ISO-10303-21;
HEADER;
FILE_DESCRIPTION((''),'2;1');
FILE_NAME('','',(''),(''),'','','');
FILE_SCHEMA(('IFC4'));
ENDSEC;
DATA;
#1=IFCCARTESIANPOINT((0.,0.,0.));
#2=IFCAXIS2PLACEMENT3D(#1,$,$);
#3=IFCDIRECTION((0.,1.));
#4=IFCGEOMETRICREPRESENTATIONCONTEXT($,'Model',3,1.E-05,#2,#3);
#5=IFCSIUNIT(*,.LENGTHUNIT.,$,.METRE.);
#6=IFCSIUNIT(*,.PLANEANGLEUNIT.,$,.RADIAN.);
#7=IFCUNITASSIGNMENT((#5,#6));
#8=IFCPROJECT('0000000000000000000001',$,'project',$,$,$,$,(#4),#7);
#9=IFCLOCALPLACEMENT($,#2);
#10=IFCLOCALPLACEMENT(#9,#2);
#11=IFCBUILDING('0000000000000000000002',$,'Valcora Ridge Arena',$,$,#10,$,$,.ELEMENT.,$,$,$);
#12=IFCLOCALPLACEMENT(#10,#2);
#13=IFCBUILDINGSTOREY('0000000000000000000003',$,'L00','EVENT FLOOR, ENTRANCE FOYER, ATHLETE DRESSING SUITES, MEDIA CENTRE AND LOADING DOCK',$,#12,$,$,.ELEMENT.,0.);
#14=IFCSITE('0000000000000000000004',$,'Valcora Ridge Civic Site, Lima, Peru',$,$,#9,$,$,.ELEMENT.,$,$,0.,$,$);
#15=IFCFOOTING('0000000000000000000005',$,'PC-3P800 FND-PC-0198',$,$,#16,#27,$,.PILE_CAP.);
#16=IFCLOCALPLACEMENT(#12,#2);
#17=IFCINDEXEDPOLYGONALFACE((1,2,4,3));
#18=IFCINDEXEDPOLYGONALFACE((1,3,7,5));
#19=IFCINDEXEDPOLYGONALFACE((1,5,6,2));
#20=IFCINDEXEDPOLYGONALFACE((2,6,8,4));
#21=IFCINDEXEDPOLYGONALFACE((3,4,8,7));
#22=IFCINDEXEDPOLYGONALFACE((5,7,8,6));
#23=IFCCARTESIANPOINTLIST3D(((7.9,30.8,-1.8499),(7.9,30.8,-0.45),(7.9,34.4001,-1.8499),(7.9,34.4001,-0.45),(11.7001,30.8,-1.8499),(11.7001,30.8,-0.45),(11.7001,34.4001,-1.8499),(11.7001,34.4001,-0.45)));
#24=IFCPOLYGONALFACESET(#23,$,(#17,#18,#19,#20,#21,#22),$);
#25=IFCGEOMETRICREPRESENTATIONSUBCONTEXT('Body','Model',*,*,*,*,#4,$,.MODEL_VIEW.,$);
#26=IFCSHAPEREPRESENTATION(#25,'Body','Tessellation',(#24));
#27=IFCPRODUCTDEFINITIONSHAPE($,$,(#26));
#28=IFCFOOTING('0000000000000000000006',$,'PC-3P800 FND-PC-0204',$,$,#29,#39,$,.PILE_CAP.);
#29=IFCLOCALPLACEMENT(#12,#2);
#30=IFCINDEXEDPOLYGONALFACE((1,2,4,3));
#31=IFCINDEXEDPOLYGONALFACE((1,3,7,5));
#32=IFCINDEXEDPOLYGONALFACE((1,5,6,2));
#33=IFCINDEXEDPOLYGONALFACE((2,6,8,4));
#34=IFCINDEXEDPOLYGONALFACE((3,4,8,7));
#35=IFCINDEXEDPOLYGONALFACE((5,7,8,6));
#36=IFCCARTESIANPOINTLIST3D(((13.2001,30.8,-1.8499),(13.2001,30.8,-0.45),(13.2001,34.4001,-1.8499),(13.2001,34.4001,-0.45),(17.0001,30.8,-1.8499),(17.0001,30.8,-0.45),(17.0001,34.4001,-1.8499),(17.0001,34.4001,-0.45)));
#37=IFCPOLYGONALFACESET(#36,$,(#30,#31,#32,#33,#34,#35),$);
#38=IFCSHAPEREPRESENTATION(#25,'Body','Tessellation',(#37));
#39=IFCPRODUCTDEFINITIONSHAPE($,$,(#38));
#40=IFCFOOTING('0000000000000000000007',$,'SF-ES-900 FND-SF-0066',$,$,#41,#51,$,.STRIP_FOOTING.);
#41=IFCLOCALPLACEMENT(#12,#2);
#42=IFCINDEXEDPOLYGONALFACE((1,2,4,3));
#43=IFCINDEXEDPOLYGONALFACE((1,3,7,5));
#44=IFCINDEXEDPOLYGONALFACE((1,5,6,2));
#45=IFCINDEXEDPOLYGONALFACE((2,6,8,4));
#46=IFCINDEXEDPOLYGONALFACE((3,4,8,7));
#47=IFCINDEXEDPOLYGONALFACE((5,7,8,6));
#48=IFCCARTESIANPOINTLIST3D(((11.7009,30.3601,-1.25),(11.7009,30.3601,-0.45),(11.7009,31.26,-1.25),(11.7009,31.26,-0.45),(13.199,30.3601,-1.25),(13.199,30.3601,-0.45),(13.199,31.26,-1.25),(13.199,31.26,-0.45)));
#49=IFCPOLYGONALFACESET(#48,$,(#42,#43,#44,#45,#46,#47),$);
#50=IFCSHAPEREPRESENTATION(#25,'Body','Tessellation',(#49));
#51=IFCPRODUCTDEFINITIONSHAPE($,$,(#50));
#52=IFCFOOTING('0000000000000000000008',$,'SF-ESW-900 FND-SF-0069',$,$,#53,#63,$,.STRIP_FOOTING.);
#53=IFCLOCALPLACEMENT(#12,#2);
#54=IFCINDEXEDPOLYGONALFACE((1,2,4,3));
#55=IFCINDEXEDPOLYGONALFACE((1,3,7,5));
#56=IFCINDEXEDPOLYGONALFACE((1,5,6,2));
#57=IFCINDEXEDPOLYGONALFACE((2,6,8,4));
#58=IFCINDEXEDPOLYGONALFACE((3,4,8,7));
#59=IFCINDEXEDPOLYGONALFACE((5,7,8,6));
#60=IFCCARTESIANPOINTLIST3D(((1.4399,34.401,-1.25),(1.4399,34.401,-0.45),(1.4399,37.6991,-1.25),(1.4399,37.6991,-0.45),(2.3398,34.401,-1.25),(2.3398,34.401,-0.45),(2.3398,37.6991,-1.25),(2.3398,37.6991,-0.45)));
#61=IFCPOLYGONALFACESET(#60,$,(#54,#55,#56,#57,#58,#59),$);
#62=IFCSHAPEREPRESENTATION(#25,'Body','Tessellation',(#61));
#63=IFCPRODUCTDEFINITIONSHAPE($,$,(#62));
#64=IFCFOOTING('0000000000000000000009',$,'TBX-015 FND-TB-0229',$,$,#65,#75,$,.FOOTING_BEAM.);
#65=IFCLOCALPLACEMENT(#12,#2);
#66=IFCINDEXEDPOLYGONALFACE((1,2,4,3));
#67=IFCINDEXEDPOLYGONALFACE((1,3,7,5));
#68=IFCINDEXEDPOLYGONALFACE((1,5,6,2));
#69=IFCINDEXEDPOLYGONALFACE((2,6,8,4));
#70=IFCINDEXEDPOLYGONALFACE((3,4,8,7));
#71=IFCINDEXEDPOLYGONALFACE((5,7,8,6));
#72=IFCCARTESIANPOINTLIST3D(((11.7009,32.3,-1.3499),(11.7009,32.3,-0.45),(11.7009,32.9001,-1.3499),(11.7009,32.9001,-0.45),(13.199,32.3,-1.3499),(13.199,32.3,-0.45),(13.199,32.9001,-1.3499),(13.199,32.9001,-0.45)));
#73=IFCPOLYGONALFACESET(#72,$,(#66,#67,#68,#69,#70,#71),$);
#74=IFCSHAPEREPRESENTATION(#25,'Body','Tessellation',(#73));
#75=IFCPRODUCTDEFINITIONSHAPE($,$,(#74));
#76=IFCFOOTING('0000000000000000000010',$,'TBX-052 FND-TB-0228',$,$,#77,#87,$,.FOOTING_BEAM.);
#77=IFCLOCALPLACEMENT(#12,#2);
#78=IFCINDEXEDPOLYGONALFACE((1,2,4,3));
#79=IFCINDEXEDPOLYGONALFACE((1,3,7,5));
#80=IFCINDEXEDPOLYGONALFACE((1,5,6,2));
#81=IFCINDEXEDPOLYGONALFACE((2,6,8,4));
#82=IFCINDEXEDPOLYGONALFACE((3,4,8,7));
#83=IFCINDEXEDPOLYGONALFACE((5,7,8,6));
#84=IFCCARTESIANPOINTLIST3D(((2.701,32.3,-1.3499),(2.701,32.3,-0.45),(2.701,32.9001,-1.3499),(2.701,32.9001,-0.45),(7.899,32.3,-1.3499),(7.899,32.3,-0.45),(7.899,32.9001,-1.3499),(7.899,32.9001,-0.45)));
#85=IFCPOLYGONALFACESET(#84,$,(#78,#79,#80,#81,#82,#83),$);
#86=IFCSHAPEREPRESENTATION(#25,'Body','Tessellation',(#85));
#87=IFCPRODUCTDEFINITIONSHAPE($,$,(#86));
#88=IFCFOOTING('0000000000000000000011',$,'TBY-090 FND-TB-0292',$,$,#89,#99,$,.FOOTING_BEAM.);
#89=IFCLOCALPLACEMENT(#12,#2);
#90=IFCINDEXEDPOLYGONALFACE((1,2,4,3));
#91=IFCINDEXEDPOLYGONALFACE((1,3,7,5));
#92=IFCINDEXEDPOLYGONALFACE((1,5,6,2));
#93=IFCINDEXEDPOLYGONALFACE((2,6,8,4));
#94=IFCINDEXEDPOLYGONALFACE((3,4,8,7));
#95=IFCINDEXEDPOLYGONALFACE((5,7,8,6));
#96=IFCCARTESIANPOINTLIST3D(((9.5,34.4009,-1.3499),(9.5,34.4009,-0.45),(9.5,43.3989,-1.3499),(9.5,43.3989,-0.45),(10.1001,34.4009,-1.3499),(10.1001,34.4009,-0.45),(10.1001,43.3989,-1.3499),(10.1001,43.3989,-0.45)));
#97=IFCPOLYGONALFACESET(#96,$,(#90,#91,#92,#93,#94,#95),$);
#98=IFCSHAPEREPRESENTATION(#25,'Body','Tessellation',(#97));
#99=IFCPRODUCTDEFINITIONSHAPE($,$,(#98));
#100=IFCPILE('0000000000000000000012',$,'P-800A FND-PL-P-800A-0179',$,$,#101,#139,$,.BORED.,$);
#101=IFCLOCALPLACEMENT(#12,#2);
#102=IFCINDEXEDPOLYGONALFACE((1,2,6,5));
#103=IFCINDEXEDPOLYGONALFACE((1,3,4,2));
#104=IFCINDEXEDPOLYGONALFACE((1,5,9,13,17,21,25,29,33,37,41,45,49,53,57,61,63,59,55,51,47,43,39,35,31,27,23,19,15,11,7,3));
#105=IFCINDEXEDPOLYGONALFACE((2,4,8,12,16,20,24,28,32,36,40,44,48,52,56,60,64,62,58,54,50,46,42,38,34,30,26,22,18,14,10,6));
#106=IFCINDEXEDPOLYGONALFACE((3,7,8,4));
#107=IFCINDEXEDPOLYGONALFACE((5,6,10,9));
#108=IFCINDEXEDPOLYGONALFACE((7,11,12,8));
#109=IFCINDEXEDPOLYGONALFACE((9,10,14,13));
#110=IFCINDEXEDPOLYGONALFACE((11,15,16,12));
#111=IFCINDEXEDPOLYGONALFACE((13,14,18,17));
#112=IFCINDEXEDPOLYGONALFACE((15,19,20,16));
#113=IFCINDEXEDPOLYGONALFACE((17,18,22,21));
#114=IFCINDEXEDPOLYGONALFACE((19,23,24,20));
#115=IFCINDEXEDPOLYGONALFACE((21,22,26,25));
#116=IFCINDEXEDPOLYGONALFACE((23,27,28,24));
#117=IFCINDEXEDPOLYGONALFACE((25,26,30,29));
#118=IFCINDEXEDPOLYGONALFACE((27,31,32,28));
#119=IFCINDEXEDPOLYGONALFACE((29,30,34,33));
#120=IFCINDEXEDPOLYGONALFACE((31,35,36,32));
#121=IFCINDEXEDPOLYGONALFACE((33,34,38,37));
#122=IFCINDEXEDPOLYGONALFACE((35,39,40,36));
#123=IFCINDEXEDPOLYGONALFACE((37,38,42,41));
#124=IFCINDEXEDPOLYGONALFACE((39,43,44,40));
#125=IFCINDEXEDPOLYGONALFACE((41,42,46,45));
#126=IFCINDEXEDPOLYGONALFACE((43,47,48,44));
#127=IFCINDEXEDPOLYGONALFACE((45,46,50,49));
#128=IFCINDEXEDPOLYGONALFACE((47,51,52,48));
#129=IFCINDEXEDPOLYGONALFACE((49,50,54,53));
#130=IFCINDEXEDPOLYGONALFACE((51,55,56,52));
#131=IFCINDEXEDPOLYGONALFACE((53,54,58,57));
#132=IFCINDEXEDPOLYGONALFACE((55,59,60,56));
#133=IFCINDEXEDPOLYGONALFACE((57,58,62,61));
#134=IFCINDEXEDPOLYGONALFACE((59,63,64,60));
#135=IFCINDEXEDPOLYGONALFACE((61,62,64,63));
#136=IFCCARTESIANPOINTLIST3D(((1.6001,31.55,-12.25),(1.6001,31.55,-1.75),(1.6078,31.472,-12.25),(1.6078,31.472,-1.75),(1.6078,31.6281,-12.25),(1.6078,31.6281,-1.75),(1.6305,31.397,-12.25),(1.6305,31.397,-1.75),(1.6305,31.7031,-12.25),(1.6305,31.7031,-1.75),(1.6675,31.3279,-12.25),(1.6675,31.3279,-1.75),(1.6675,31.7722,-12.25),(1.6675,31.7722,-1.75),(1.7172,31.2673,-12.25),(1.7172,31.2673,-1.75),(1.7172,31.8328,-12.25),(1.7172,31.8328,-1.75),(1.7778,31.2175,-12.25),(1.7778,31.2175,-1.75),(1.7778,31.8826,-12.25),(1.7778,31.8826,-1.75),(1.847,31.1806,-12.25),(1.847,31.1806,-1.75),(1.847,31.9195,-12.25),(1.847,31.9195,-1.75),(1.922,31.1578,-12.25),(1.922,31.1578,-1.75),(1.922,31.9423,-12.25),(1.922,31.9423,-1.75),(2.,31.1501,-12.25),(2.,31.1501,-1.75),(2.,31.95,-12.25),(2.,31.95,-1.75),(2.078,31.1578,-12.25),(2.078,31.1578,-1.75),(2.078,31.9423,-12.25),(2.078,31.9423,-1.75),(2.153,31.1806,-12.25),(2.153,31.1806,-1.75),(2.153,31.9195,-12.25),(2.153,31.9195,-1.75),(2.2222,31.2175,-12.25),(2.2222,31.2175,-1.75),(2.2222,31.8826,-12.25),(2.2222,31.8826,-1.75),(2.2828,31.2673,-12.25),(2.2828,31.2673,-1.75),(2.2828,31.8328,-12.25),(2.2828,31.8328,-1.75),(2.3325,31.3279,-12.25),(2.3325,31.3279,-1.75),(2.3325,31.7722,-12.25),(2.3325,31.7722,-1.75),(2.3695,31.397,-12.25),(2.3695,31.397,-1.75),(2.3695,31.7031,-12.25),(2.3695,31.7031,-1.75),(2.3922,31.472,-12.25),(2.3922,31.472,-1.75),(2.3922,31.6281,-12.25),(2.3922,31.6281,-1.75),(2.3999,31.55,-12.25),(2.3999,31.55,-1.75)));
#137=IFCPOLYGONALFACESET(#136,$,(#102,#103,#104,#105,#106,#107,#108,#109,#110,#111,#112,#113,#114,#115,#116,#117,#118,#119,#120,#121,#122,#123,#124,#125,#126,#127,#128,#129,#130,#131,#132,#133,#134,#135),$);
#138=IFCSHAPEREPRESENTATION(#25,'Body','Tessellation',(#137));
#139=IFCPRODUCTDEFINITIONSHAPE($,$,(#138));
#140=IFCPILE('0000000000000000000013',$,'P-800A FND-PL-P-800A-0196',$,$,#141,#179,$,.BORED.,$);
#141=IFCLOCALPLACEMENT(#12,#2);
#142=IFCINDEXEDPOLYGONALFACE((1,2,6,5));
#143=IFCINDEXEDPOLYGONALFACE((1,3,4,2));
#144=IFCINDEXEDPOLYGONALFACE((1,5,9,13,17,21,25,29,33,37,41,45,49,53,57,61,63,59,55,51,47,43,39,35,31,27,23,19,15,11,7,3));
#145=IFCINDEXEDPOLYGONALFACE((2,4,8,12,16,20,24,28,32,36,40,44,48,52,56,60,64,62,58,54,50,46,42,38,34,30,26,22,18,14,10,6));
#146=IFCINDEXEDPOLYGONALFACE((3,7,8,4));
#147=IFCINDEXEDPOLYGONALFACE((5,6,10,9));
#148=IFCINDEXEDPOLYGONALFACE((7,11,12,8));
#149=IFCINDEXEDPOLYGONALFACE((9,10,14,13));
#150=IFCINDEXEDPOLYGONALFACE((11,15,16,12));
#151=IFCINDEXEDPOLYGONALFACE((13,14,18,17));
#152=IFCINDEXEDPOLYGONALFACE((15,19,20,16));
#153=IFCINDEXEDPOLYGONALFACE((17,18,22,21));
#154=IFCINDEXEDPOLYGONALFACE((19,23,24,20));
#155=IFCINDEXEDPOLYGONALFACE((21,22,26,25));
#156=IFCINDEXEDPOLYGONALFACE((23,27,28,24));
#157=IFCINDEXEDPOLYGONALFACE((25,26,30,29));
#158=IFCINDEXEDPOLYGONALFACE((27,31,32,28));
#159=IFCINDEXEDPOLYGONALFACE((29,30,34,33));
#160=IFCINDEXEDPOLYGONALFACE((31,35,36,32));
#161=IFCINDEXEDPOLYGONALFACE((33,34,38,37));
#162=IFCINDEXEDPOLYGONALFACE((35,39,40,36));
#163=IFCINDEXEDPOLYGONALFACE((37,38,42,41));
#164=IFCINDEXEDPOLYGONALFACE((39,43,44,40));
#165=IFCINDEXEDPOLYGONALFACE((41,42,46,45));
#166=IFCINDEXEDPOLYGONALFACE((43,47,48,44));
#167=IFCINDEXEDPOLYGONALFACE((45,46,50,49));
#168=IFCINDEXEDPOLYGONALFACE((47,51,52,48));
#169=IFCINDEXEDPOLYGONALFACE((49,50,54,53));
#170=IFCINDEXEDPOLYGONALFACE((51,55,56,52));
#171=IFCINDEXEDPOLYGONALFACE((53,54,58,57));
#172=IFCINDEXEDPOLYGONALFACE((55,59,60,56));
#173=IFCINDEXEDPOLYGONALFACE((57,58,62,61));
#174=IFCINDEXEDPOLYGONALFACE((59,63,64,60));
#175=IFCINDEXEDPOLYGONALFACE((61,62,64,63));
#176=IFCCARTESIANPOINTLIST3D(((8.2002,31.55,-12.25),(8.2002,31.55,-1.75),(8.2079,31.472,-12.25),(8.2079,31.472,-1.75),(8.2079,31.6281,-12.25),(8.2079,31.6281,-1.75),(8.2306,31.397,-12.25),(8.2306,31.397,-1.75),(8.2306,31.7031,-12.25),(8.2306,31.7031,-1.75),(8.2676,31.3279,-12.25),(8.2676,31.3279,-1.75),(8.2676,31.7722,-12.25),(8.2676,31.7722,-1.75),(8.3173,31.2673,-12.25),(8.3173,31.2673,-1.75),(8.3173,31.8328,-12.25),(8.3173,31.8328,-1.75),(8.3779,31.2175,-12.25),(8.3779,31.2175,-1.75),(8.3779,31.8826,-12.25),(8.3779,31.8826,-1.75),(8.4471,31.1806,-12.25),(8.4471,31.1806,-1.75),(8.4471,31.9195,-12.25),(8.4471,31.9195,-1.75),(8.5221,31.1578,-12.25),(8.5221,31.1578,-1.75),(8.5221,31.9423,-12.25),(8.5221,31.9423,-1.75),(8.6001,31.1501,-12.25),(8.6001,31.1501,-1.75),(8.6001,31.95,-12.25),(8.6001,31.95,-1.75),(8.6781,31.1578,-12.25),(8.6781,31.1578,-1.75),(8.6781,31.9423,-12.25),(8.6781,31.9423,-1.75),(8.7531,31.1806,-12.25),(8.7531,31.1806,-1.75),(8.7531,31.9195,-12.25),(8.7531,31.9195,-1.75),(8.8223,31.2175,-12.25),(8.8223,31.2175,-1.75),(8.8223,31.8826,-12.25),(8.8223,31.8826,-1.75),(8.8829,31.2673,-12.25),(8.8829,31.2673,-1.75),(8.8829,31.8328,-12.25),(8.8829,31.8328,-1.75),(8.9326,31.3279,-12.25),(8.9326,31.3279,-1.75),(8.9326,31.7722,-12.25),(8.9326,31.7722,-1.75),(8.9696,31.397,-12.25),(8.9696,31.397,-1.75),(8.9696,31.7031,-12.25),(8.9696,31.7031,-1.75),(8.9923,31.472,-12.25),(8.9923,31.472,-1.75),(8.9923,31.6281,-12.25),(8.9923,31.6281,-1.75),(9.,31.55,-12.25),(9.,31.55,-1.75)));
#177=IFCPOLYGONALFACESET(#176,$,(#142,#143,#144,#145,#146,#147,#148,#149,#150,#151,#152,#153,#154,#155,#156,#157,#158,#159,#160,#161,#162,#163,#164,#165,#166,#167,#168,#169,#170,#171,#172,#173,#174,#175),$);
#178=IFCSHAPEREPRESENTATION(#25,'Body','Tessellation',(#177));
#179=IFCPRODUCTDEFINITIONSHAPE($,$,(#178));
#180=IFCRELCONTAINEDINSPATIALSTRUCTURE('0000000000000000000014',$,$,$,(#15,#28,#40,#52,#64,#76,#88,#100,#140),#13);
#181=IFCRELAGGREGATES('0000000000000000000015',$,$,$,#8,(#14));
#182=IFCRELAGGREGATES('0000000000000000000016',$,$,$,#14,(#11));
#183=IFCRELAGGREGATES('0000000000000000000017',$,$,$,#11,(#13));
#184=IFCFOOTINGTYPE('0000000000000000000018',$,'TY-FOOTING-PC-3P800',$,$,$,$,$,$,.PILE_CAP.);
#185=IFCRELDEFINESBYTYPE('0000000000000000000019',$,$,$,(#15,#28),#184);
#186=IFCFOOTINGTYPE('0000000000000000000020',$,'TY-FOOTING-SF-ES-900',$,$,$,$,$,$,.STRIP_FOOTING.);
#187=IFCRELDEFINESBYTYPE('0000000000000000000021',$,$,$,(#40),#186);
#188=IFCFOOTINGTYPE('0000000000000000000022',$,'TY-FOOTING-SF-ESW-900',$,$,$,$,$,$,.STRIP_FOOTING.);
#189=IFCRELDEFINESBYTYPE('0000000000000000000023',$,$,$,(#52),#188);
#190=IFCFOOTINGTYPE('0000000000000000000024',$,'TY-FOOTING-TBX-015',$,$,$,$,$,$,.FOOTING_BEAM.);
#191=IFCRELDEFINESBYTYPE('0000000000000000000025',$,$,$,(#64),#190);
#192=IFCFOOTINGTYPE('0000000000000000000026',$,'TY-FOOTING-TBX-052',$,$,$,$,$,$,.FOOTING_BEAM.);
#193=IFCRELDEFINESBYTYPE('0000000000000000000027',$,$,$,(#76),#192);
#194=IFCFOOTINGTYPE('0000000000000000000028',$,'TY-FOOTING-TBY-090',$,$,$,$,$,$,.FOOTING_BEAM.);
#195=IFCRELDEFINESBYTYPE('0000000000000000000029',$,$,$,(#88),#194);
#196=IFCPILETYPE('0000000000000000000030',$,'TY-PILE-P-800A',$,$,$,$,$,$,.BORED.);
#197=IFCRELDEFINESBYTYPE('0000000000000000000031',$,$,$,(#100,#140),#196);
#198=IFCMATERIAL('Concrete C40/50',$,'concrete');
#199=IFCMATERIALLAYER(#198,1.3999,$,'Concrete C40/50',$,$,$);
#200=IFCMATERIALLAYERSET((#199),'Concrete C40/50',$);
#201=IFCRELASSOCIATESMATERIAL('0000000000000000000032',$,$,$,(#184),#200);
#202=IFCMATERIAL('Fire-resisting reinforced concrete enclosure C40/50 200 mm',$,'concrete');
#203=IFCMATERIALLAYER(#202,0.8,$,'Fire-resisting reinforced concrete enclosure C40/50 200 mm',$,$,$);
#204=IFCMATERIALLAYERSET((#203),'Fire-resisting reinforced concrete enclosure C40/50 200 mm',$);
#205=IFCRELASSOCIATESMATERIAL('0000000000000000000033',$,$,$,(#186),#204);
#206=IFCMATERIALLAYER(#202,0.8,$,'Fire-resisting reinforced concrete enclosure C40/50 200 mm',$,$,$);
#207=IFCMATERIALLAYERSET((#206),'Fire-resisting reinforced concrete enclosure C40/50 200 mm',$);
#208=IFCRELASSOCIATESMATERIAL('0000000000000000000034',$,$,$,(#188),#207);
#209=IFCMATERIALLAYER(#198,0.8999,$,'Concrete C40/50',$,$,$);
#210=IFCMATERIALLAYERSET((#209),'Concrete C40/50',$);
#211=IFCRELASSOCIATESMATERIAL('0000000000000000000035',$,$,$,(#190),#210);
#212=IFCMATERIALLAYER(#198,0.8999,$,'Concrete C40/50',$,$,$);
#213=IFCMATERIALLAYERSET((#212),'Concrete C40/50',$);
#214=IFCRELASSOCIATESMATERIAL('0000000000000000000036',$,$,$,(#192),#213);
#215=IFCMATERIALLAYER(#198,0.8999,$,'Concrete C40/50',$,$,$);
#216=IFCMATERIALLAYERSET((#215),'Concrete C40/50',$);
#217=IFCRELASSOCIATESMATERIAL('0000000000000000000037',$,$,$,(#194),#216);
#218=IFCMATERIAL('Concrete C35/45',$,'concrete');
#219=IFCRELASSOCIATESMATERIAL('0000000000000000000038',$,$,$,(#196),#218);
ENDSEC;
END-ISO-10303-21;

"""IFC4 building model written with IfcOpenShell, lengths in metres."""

from ifc_helpers import new_model, si_unit, direction, frame, origin, origin_2d, place, context, subcontext, project, spatial, rectangle, circle, extrude, material, layer, layer_set, material_profile, profile_set, type_object, element, save


model = new_model("IFC4")

# Units and contexts
model_context = context("Model", 3, precision=1e-05, world=origin(), true_north=direction((0.0, 1.0)))
body_context = subcontext(model_context, "Body", "Model", "MODEL_VIEW")
ifc_project = project(units=[si_unit("LENGTHUNIT", "METRE"), si_unit("PLANEANGLEUNIT", "RADIAN")], contexts=[model_context])

# Site, building, storey
site_placement = place(None, origin())
site = spatial("IfcSite", under=ifc_project, at=site_placement, Name="Valcora Ridge Civic Site, Lima, Peru", CompositionType="ELEMENT", RefElevation=0.0)
building_placement = place(site_placement, origin())
building = spatial("IfcBuilding", under=site, at=building_placement, Name="Valcora Ridge Arena", CompositionType="ELEMENT")
storey_placement = place(building_placement, origin())
storey = spatial("IfcBuildingStorey", under=building, at=storey_placement, Name="L00", Description="EVENT FLOOR, ENTRANCE FOYER, ATHLETE DRESSING SUITES, MEDIA CENTRE AND LOADING DOCK", CompositionType="ELEMENT", Elevation=0.0)

# Footings
ifc_material_1 = material(Name="Concrete C40/50", Category="concrete")
ifc_layer_1 = layer(ifc_material_1, 1.3999, Name="Concrete C40/50")
ifc_layer_set_1 = layer_set([ifc_layer_1], Name="Concrete C40/50")
footing_type_1 = type_object("IfcFootingType", Name="TY-FOOTING-PC-3P800", PredefinedType="PILE_CAP", material=ifc_layer_set_1)
for number, where, z_axis, x_axis, name in (
    (1, (9.8, 32.6001, -1.8499), (0.0, 0.0, 1.0), (1.0, 0.0, 0.0), "PC-3P800 FND-PC-0198"),
    (2, (15.1001, 32.6001, -1.8499), (0.0, 0.0, 1.0), (1.0, 0.0, 0.0), "PC-3P800 FND-PC-0204"),
):
    element("IfcFooting", number, at=place(storey_placement, frame(where, z_axis=z_axis, x_axis=x_axis)), inside=storey, type_object=footing_type_1, Name=name, PredefinedType="PILE_CAP", context=body_context, shape_type="SweptSolid", body=[
        extrude(rectangle(XDim=3.8, YDim=3.6001, at=origin_2d()), origin(), (0.0, 0.0, 1.0), 1.3999),
    ])
ifc_material_2 = material(Name="Fire-resisting reinforced concrete enclosure C40/50 200 mm", Category="concrete")
ifc_layer_2 = layer(ifc_material_2, 0.8, Name="Fire-resisting reinforced concrete enclosure C40/50 200 mm")
ifc_layer_set_2 = layer_set([ifc_layer_2], Name="Fire-resisting reinforced concrete enclosure C40/50 200 mm")
footing_type_2 = type_object("IfcFootingType", Name="TY-FOOTING-SF-ES-900", PredefinedType="STRIP_FOOTING", material=ifc_layer_set_2)
footing_1_placement = place(storey_placement, frame((12.45, 30.8101, -1.25), z_axis=(0.0, 0.0, 1.0), x_axis=(1.0, 0.0, 0.0)))
element("IfcFooting", 3, at=footing_1_placement, inside=storey, type_object=footing_type_2, Name="SF-ES-900 FND-SF-0066", PredefinedType="STRIP_FOOTING", context=body_context, shape_type="SweptSolid", body=[
    extrude(rectangle(XDim=1.498, YDim=0.8999, at=origin_2d()), origin(), (0.0, 0.0, 1.0), 0.8),
])
ifc_layer_3 = layer(ifc_material_2, 0.8, Name="Fire-resisting reinforced concrete enclosure C40/50 200 mm")
ifc_layer_set_3 = layer_set([ifc_layer_3], Name="Fire-resisting reinforced concrete enclosure C40/50 200 mm")
footing_type_3 = type_object("IfcFootingType", Name="TY-FOOTING-SF-ESW-900", PredefinedType="STRIP_FOOTING", material=ifc_layer_set_3)
footing_2_placement = place(storey_placement, frame((1.8899, 36.05, -1.25), z_axis=(0.0, 0.0, 1.0), x_axis=(1.0, 0.0, 0.0)))
element("IfcFooting", 4, at=footing_2_placement, inside=storey, type_object=footing_type_3, Name="SF-ESW-900 FND-SF-0069", PredefinedType="STRIP_FOOTING", context=body_context, shape_type="SweptSolid", body=[
    extrude(rectangle(XDim=0.8999, YDim=3.2981, at=origin_2d()), origin(), (0.0, 0.0, 1.0), 0.8),
])
ifc_layer_4 = layer(ifc_material_1, 0.8999, Name="Concrete C40/50")
ifc_layer_set_4 = layer_set([ifc_layer_4], Name="Concrete C40/50")
footing_type_4 = type_object("IfcFootingType", Name="TY-FOOTING-TBX-015", PredefinedType="FOOTING_BEAM", material=ifc_layer_set_4)
footing_3_placement = place(storey_placement, frame((12.45, 32.6001, -1.3499), z_axis=(0.0, 0.0, 1.0), x_axis=(1.0, 0.0, 0.0)))
element("IfcFooting", 5, at=footing_3_placement, inside=storey, type_object=footing_type_4, Name="TBX-015 FND-TB-0229", PredefinedType="FOOTING_BEAM", context=body_context, shape_type="SweptSolid", body=[
    extrude(rectangle(XDim=1.498, YDim=0.6001, at=origin_2d()), origin(), (0.0, 0.0, 1.0), 0.8999),
])
ifc_layer_5 = layer(ifc_material_1, 0.8999, Name="Concrete C40/50")
ifc_layer_set_5 = layer_set([ifc_layer_5], Name="Concrete C40/50")
footing_type_5 = type_object("IfcFootingType", Name="TY-FOOTING-TBX-052", PredefinedType="FOOTING_BEAM", material=ifc_layer_set_5)
footing_4_placement = place(storey_placement, frame((5.3, 32.6001, -1.3499), z_axis=(0.0, 0.0, 1.0), x_axis=(1.0, 0.0, 0.0)))
element("IfcFooting", 6, at=footing_4_placement, inside=storey, type_object=footing_type_5, Name="TBX-052 FND-TB-0228", PredefinedType="FOOTING_BEAM", context=body_context, shape_type="SweptSolid", body=[
    extrude(rectangle(XDim=5.198, YDim=0.6001, at=origin_2d()), origin(), (0.0, 0.0, 1.0), 0.8999),
])
ifc_layer_6 = layer(ifc_material_1, 0.8999, Name="Concrete C40/50")
ifc_layer_set_6 = layer_set([ifc_layer_6], Name="Concrete C40/50")
footing_type_6 = type_object("IfcFootingType", Name="TY-FOOTING-TBY-090", PredefinedType="FOOTING_BEAM", material=ifc_layer_set_6)
footing_5_placement = place(storey_placement, frame((9.8, 38.8999, -1.3499), z_axis=(0.0, 0.0, 1.0), x_axis=(1.0, 0.0, 0.0)))
element("IfcFooting", 7, at=footing_5_placement, inside=storey, type_object=footing_type_6, Name="TBY-090 FND-TB-0292", PredefinedType="FOOTING_BEAM", context=body_context, shape_type="SweptSolid", body=[
    extrude(rectangle(XDim=0.6001, YDim=8.998, at=origin_2d()), origin(), (0.0, 0.0, 1.0), 0.8999),
])

# Piles
ifc_material_3 = material(Name="Concrete C35/45", Category="concrete")
ifc_material_profile_1 = material_profile(ifc_material_3, circle(Radius=0.3999, at=origin_2d()), Name="BORED PILE D800")
ifc_profile_set_1 = profile_set([ifc_material_profile_1], Name="Concrete C35/45")
pile_type_1 = type_object("IfcPileType", Name="TY-PILE-P-800A", PredefinedType="BORED", material=ifc_profile_set_1)
for number, where, z_axis, x_axis, name in (
    (8, (2.0, 31.55, -1.75), (0.0, 0.0, -1.0), (1.0, 0.0, 0.0), "P-800A FND-PL-P-800A-0179"),
    (9, (8.6001, 31.55, -1.75), (0.0, 0.0, -1.0), (1.0, 0.0, 0.0), "P-800A FND-PL-P-800A-0196"),
):
    element("IfcPile", number, at=place(storey_placement, frame(where, z_axis=z_axis, x_axis=x_axis)), inside=storey, type_object=pile_type_1, Name=name, PredefinedType="BORED", context=body_context, shape_type="SweptSolid", body=[
        extrude(circle(Radius=0.3999, at=origin_2d()), origin(), (0.0, 0.0, 1.0), 10.5),
    ])

save(model, "model.ifc")
